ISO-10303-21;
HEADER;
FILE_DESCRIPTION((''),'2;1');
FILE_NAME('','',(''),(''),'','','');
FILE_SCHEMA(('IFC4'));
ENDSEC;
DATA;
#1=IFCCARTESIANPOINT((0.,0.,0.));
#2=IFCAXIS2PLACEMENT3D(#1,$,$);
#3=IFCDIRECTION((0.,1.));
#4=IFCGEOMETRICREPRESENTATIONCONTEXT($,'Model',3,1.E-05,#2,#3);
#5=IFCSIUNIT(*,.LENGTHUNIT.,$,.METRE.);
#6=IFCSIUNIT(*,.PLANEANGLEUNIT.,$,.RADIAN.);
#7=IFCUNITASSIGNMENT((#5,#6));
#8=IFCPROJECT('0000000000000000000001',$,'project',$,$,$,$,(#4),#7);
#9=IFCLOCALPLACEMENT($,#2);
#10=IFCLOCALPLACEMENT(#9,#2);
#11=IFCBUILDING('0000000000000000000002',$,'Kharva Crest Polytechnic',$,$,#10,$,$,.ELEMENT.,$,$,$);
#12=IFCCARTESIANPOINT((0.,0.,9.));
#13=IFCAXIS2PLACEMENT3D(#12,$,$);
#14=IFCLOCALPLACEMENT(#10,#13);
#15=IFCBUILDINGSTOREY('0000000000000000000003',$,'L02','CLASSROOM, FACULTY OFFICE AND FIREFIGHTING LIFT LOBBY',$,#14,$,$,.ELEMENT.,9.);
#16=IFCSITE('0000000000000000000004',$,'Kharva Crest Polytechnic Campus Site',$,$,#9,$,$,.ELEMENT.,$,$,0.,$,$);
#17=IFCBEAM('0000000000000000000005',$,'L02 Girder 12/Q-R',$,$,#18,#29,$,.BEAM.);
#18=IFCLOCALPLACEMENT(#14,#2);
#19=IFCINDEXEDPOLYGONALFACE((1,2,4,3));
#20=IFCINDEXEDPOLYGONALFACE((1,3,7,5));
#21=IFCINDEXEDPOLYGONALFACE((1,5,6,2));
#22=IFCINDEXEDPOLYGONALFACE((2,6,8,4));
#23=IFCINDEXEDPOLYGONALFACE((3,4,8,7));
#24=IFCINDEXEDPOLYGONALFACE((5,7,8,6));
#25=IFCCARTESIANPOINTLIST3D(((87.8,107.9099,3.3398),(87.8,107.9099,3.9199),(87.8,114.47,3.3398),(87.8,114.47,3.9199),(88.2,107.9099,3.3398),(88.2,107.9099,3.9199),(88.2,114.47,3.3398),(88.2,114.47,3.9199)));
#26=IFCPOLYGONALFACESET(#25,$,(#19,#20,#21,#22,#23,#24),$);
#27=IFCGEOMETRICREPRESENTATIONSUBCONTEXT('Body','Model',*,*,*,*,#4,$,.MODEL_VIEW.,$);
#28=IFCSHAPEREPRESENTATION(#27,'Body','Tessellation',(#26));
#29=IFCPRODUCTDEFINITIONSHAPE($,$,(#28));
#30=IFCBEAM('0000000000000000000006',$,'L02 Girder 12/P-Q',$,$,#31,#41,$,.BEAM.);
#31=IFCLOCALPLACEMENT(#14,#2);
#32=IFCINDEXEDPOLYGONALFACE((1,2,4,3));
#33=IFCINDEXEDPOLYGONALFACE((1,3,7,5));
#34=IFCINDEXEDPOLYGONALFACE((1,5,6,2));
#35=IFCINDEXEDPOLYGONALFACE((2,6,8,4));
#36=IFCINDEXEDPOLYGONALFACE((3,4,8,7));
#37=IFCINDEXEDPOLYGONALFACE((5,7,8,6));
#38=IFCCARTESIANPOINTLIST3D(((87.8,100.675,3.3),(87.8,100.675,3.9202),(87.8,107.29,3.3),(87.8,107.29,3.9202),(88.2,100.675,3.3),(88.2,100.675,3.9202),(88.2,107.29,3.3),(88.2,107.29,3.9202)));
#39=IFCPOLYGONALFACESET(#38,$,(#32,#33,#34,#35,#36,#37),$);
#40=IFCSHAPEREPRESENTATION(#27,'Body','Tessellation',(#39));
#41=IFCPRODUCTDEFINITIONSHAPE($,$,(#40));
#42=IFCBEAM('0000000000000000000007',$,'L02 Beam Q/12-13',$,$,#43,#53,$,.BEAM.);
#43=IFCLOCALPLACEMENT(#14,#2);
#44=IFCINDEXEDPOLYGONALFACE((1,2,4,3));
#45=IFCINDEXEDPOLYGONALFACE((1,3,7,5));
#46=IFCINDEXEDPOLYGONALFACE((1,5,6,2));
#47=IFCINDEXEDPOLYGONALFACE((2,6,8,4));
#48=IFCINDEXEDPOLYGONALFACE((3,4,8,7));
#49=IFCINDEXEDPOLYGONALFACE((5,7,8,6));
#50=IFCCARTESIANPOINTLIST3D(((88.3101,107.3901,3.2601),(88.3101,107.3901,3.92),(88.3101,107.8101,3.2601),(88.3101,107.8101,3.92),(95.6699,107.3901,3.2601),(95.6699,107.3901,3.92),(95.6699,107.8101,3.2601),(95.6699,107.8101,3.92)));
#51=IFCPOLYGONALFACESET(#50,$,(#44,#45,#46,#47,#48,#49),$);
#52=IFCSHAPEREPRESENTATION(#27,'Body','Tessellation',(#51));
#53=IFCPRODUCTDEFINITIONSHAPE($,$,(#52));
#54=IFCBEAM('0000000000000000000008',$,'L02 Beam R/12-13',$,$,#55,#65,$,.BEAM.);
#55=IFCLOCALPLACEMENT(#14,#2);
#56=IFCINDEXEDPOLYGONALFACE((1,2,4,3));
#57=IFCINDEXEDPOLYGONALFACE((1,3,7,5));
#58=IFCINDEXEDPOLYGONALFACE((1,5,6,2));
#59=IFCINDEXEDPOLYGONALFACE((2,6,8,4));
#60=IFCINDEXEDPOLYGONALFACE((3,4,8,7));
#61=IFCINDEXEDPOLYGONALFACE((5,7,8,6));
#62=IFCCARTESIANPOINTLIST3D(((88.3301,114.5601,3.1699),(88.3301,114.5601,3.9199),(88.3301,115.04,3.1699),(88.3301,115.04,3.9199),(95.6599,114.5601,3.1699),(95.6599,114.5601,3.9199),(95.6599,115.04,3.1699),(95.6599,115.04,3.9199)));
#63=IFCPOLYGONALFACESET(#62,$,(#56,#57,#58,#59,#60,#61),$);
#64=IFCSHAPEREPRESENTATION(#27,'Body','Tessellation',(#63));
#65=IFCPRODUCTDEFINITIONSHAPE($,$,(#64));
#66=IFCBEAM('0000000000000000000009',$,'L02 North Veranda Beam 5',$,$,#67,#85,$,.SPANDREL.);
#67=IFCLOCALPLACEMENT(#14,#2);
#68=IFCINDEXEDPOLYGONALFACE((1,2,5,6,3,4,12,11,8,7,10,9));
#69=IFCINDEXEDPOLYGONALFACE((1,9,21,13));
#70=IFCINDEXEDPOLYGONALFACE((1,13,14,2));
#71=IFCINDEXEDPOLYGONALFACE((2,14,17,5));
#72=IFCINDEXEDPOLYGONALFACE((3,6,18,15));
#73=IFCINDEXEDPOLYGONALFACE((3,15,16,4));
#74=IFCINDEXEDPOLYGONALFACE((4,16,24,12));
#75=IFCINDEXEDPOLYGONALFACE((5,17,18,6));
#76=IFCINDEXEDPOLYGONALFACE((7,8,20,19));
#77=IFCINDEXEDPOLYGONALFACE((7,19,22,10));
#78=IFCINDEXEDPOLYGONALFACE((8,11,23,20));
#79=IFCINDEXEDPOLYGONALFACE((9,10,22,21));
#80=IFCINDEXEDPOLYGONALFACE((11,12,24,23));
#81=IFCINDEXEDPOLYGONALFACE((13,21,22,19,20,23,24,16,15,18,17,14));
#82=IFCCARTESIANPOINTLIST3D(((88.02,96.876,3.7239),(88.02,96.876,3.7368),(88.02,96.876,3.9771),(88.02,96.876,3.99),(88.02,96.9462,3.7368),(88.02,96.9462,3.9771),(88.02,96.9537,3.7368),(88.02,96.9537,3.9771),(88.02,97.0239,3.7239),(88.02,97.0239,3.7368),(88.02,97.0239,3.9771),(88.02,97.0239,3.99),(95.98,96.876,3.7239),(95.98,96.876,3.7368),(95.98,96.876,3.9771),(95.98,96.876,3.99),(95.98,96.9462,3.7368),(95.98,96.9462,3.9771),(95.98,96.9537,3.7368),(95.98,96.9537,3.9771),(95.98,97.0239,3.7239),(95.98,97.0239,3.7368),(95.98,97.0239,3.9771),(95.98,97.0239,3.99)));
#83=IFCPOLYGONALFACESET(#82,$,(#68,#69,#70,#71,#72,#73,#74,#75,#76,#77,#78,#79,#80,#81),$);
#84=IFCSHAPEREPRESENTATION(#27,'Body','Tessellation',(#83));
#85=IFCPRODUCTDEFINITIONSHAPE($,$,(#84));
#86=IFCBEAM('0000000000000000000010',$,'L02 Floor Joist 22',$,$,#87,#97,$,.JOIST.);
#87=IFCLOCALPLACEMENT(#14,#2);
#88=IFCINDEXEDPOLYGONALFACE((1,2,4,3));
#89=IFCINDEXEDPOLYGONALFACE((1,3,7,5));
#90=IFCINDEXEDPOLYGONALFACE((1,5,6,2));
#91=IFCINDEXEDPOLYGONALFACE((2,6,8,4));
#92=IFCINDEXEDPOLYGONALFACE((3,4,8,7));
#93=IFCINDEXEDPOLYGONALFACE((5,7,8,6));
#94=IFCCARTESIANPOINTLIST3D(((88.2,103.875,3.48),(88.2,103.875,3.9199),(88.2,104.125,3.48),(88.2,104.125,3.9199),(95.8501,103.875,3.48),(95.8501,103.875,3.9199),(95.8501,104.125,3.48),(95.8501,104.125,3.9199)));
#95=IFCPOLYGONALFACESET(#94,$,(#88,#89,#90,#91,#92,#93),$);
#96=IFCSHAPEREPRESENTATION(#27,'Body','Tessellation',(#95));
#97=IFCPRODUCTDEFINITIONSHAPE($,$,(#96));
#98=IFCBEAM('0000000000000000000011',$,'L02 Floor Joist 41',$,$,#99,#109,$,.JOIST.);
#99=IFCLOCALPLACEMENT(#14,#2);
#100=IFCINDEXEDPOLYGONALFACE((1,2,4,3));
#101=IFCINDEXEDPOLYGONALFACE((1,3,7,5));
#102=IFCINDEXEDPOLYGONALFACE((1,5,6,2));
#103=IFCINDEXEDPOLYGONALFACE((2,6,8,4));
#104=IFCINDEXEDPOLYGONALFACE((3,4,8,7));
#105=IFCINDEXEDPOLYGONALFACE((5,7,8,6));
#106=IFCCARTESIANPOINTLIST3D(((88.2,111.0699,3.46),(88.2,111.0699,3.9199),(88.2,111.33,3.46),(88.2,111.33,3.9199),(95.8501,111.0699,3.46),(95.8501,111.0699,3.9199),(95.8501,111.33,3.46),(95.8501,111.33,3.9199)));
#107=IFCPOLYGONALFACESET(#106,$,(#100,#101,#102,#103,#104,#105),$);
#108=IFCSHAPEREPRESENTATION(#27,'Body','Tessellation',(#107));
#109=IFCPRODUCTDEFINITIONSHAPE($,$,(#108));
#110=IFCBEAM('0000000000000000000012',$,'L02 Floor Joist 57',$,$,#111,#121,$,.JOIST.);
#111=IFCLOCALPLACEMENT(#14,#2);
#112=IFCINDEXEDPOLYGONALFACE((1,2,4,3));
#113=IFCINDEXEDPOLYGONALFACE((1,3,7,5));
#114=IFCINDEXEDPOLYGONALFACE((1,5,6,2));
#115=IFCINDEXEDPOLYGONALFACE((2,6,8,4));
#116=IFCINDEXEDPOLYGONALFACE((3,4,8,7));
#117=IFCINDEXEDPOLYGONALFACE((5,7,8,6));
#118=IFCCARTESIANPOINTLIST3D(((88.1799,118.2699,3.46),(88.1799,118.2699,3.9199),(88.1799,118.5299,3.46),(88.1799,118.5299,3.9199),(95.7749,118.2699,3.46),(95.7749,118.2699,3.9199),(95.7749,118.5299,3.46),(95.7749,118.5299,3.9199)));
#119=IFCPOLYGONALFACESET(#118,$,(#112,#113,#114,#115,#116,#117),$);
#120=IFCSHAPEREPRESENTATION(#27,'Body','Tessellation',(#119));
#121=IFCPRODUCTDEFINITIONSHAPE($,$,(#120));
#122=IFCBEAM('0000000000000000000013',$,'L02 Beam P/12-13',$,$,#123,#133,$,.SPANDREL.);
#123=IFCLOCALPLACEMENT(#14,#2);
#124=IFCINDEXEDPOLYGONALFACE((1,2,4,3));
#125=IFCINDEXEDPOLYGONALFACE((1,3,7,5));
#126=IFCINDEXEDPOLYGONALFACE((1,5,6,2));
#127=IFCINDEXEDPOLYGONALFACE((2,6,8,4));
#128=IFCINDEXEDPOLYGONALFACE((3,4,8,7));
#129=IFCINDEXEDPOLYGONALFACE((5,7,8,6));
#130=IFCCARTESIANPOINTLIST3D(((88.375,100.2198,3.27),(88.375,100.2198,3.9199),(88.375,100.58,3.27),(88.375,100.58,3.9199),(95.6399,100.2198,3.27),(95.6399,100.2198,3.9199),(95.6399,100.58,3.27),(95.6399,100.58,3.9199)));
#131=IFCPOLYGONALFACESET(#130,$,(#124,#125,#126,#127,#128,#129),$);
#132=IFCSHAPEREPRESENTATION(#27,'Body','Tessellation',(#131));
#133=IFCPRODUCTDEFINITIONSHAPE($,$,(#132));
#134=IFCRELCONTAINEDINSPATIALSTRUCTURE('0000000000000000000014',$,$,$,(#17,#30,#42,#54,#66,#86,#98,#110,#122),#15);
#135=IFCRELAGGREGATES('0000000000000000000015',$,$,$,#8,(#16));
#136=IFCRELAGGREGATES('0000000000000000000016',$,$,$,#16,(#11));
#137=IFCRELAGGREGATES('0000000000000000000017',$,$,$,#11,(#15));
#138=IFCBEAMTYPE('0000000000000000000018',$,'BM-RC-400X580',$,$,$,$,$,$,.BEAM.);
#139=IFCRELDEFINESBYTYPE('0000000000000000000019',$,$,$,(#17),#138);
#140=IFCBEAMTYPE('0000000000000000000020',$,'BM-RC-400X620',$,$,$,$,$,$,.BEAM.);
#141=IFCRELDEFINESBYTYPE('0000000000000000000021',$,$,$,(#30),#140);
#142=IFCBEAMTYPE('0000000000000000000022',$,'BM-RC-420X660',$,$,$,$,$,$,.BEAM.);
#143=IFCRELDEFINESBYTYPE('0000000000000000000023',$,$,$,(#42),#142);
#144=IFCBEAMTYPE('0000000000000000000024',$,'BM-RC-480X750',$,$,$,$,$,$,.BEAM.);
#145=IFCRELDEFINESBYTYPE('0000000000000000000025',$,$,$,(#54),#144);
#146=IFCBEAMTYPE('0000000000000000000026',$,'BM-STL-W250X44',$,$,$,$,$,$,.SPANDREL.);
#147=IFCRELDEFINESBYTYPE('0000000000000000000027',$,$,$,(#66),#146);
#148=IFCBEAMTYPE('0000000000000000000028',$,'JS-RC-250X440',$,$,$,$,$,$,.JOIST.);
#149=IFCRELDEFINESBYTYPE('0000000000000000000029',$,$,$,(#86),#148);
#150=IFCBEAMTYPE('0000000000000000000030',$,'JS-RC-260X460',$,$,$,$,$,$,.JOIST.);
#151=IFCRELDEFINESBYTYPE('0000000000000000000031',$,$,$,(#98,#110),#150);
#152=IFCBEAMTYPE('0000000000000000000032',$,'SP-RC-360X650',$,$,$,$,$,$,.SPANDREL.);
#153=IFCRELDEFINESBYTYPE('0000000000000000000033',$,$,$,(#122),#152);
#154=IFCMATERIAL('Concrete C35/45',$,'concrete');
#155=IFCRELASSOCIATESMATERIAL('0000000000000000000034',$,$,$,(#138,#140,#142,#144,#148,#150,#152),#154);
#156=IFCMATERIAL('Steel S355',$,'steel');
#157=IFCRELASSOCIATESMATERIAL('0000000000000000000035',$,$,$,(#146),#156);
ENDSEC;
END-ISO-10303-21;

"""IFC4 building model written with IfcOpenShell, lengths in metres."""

from ifc_helpers import new_model, si_unit, direction, frame, origin, origin_2d, place, context, subcontext, project, spatial, rectangle, i_section, extrude, material, material_profile, profile_set, type_object, element, save


model = new_model("IFC4")

# Units and contexts
model_context = context("Model", 3, precision=1e-05, world=origin(), true_north=direction((0.0, 1.0)))
body_context = subcontext(model_context, "Body", "Model", "MODEL_VIEW")
ifc_project = project(units=[si_unit("LENGTHUNIT", "METRE"), si_unit("PLANEANGLEUNIT", "RADIAN")], contexts=[model_context])

# Site, building, storey
site_placement = place(None, origin())
site = spatial("IfcSite", under=ifc_project, at=site_placement, Name="Kharva Crest Polytechnic Campus Site", CompositionType="ELEMENT", RefElevation=0.0)
building_placement = place(site_placement, origin())
building = spatial("IfcBuilding", under=site, at=building_placement, Name="Kharva Crest Polytechnic", CompositionType="ELEMENT")
storey_placement = place(building_placement, frame((0.0, 0.0, 9.0)))
storey = spatial("IfcBuildingStorey", under=building, at=storey_placement, Name="L02", Description="CLASSROOM, FACULTY OFFICE AND FIREFIGHTING LIFT LOBBY", CompositionType="ELEMENT", Elevation=9.0)

# Shared definitions
ifc_material_1 = material(Name="Steel S355", Category="steel")

# Beams
ifc_material_2 = material(Name="Concrete C35/45", Category="concrete")
ifc_material_profile_1 = material_profile(ifc_material_2, rectangle(XDim=0.3999, YDim=0.5801, at=origin_2d()), Name="RECT 400 X 580")
ifc_profile_set_1 = profile_set([ifc_material_profile_1], Name="Concrete C35/45")
beam_type_1 = type_object("IfcBeamType", Name="BM-RC-400X580", PredefinedType="BEAM", material=ifc_profile_set_1)
beam_1_placement = place(storey_placement, frame((88.0, 107.9099, 3.6299), z_axis=(0.0, 1.0, 0.0), x_axis=(-1.0, 0.0, 0.0)))
element("IfcBeam", 1, at=beam_1_placement, inside=storey, type_object=beam_type_1, Name="L02 Girder 12/Q-R", PredefinedType="BEAM", context=body_context, shape_type="SweptSolid", body=[
    extrude(rectangle(XDim=0.3999, YDim=0.5801, at=origin_2d()), origin(), (0.0, 0.0, 1.0), 6.5601),
])
ifc_material_profile_2 = material_profile(ifc_material_2, rectangle(XDim=0.3999, YDim=0.6201, at=origin_2d()), Name="RECT 400 X 620")
ifc_profile_set_2 = profile_set([ifc_material_profile_2], Name="Concrete C35/45")
beam_type_2 = type_object("IfcBeamType", Name="BM-RC-400X620", PredefinedType="BEAM", material=ifc_profile_set_2)
beam_2_placement = place(storey_placement, frame((88.0, 100.675, 3.6101), z_axis=(0.0, 1.0, 0.0), x_axis=(-1.0, 0.0, 0.0)))
element("IfcBeam", 2, at=beam_2_placement, inside=storey, type_object=beam_type_2, Name="L02 Girder 12/P-Q", PredefinedType="BEAM", context=body_context, shape_type="SweptSolid", body=[
    extrude(rectangle(XDim=0.3999, YDim=0.6201, at=origin_2d()), origin(), (0.0, 0.0, 1.0), 6.615),
])
ifc_material_profile_3 = material_profile(ifc_material_2, rectangle(XDim=0.4199, YDim=0.6599, at=origin_2d()), Name="RECT 420 X 660")
ifc_profile_set_3 = profile_set([ifc_material_profile_3], Name="Concrete C35/45")
beam_type_3 = type_object("IfcBeamType", Name="BM-RC-420X660", PredefinedType="BEAM", material=ifc_profile_set_3)
beam_3_placement = place(storey_placement, frame((88.3101, 107.6001, 3.5901), z_axis=(1.0, 0.0, 0.0), x_axis=(0.0, 1.0, 0.0)))
element("IfcBeam", 3, at=beam_3_placement, inside=storey, type_object=beam_type_3, Name="L02 Beam Q/12-13", PredefinedType="BEAM", context=body_context, shape_type="SweptSolid", body=[
    extrude(rectangle(XDim=0.4199, YDim=0.6599, at=origin_2d()), origin(), (0.0, 0.0, 1.0), 7.3599),
])
ifc_material_profile_4 = material_profile(ifc_material_2, rectangle(XDim=0.48, YDim=0.75, at=origin_2d()), Name="RECT 480 X 750")
ifc_profile_set_4 = profile_set([ifc_material_profile_4], Name="Concrete C35/45")
beam_type_4 = type_object("IfcBeamType", Name="BM-RC-480X750", PredefinedType="BEAM", material=ifc_profile_set_4)
beam_4_placement = place(storey_placement, frame((88.3301, 114.8, 3.5449), z_axis=(1.0, 0.0, 0.0), x_axis=(0.0, 1.0, 0.0)))
element("IfcBeam", 4, at=beam_4_placement, inside=storey, type_object=beam_type_4, Name="L02 Beam R/12-13", PredefinedType="BEAM", context=body_context, shape_type="SweptSolid", body=[
    extrude(rectangle(XDim=0.48, YDim=0.75, at=origin_2d()), origin(), (0.0, 0.0, 1.0), 7.3298),
])
ifc_material_profile_5 = material_profile(ifc_material_1, i_section(OverallWidth=0.1479, OverallDepth=0.2661, WebThickness=0.0076, FlangeThickness=0.0129, at=origin_2d()), Name="W250X44.8")
ifc_profile_set_5 = profile_set([ifc_material_profile_5], Name="Steel S355")
beam_type_5 = type_object("IfcBeamType", Name="BM-STL-W250X44", PredefinedType="SPANDREL", material=ifc_profile_set_5)
beam_5_placement = place(storey_placement, frame((88.02, 96.95, 3.8569), z_axis=(1.0, 0.0, 0.0), x_axis=(0.0, 1.0, 0.0)))
element("IfcBeam", 5, at=beam_5_placement, inside=storey, type_object=beam_type_5, Name="L02 North Veranda Beam 5", PredefinedType="SPANDREL", context=body_context, shape_type="SweptSolid", body=[
    extrude(i_section(OverallWidth=0.1479, OverallDepth=0.2661, WebThickness=0.0076, FlangeThickness=0.0129, at=origin_2d()), origin(), (0.0, 0.0, 1.0), 7.96),
])
ifc_material_profile_6 = material_profile(ifc_material_2, rectangle(XDim=0.25, YDim=0.4399, at=origin_2d()), Name="RECT 250 X 440")
ifc_profile_set_6 = profile_set([ifc_material_profile_6], Name="Concrete C35/45")
beam_type_6 = type_object("IfcBeamType", Name="JS-RC-250X440", PredefinedType="JOIST", material=ifc_profile_set_6)
beam_6_placement = place(storey_placement, frame((88.2, 104.0, 3.7), z_axis=(1.0, 0.0, 0.0), x_axis=(0.0, 1.0, 0.0)))
element("IfcBeam", 6, at=beam_6_placement, inside=storey, type_object=beam_type_6, Name="L02 Floor Joist 22", PredefinedType="JOIST", context=body_context, shape_type="SweptSolid", body=[
    extrude(rectangle(XDim=0.25, YDim=0.4399, at=origin_2d()), origin(), (0.0, 0.0, 1.0), 7.6501),
])
ifc_material_profile_7 = material_profile(ifc_material_2, rectangle(XDim=0.26, YDim=0.46, at=origin_2d()), Name="RECT 260 X 460")
ifc_profile_set_7 = profile_set([ifc_material_profile_7], Name="Concrete C35/45")
beam_type_7 = type_object("IfcBeamType", Name="JS-RC-260X460", PredefinedType="JOIST", material=ifc_profile_set_7)
beam_7_placement = place(storey_placement, frame((88.2, 111.2, 3.6899), z_axis=(1.0, 0.0, 0.0), x_axis=(0.0, 1.0, 0.0)))
element("IfcBeam", 7, at=beam_7_placement, inside=storey, type_object=beam_type_7, Name="L02 Floor Joist 41", PredefinedType="JOIST", context=body_context, shape_type="SweptSolid", body=[
    extrude(rectangle(XDim=0.26, YDim=0.46, at=origin_2d()), origin(), (0.0, 0.0, 1.0), 7.6501),
])
beam_8_placement = place(storey_placement, frame((88.1799, 118.3999, 3.6899), z_axis=(1.0, 0.0, 0.0), x_axis=(0.0, 1.0, 0.0)))
element("IfcBeam", 8, at=beam_8_placement, inside=storey, type_object=beam_type_7, Name="L02 Floor Joist 57", PredefinedType="JOIST", context=body_context, shape_type="SweptSolid", body=[
    extrude(rectangle(XDim=0.26, YDim=0.46, at=origin_2d()), origin(), (0.0, 0.0, 1.0), 7.595),
])
ifc_material_profile_8 = material_profile(ifc_material_2, rectangle(XDim=0.3601, YDim=0.6499, at=origin_2d()), Name="RECT 360 X 650")
ifc_profile_set_8 = profile_set([ifc_material_profile_8], Name="Concrete C35/45")
beam_type_8 = type_object("IfcBeamType", Name="SP-RC-360X650", PredefinedType="SPANDREL", material=ifc_profile_set_8)
beam_9_placement = place(storey_placement, frame((88.375, 100.3999, 3.595), z_axis=(1.0, 0.0, 0.0), x_axis=(0.0, 1.0, 0.0)))
element("IfcBeam", 9, at=beam_9_placement, inside=storey, type_object=beam_type_8, Name="L02 Beam P/12-13", PredefinedType="SPANDREL", context=body_context, shape_type="SweptSolid", body=[
    extrude(rectangle(XDim=0.3601, YDim=0.6499, at=origin_2d()), origin(), (0.0, 0.0, 1.0), 7.2649),
])

save(model, "model.ifc")
